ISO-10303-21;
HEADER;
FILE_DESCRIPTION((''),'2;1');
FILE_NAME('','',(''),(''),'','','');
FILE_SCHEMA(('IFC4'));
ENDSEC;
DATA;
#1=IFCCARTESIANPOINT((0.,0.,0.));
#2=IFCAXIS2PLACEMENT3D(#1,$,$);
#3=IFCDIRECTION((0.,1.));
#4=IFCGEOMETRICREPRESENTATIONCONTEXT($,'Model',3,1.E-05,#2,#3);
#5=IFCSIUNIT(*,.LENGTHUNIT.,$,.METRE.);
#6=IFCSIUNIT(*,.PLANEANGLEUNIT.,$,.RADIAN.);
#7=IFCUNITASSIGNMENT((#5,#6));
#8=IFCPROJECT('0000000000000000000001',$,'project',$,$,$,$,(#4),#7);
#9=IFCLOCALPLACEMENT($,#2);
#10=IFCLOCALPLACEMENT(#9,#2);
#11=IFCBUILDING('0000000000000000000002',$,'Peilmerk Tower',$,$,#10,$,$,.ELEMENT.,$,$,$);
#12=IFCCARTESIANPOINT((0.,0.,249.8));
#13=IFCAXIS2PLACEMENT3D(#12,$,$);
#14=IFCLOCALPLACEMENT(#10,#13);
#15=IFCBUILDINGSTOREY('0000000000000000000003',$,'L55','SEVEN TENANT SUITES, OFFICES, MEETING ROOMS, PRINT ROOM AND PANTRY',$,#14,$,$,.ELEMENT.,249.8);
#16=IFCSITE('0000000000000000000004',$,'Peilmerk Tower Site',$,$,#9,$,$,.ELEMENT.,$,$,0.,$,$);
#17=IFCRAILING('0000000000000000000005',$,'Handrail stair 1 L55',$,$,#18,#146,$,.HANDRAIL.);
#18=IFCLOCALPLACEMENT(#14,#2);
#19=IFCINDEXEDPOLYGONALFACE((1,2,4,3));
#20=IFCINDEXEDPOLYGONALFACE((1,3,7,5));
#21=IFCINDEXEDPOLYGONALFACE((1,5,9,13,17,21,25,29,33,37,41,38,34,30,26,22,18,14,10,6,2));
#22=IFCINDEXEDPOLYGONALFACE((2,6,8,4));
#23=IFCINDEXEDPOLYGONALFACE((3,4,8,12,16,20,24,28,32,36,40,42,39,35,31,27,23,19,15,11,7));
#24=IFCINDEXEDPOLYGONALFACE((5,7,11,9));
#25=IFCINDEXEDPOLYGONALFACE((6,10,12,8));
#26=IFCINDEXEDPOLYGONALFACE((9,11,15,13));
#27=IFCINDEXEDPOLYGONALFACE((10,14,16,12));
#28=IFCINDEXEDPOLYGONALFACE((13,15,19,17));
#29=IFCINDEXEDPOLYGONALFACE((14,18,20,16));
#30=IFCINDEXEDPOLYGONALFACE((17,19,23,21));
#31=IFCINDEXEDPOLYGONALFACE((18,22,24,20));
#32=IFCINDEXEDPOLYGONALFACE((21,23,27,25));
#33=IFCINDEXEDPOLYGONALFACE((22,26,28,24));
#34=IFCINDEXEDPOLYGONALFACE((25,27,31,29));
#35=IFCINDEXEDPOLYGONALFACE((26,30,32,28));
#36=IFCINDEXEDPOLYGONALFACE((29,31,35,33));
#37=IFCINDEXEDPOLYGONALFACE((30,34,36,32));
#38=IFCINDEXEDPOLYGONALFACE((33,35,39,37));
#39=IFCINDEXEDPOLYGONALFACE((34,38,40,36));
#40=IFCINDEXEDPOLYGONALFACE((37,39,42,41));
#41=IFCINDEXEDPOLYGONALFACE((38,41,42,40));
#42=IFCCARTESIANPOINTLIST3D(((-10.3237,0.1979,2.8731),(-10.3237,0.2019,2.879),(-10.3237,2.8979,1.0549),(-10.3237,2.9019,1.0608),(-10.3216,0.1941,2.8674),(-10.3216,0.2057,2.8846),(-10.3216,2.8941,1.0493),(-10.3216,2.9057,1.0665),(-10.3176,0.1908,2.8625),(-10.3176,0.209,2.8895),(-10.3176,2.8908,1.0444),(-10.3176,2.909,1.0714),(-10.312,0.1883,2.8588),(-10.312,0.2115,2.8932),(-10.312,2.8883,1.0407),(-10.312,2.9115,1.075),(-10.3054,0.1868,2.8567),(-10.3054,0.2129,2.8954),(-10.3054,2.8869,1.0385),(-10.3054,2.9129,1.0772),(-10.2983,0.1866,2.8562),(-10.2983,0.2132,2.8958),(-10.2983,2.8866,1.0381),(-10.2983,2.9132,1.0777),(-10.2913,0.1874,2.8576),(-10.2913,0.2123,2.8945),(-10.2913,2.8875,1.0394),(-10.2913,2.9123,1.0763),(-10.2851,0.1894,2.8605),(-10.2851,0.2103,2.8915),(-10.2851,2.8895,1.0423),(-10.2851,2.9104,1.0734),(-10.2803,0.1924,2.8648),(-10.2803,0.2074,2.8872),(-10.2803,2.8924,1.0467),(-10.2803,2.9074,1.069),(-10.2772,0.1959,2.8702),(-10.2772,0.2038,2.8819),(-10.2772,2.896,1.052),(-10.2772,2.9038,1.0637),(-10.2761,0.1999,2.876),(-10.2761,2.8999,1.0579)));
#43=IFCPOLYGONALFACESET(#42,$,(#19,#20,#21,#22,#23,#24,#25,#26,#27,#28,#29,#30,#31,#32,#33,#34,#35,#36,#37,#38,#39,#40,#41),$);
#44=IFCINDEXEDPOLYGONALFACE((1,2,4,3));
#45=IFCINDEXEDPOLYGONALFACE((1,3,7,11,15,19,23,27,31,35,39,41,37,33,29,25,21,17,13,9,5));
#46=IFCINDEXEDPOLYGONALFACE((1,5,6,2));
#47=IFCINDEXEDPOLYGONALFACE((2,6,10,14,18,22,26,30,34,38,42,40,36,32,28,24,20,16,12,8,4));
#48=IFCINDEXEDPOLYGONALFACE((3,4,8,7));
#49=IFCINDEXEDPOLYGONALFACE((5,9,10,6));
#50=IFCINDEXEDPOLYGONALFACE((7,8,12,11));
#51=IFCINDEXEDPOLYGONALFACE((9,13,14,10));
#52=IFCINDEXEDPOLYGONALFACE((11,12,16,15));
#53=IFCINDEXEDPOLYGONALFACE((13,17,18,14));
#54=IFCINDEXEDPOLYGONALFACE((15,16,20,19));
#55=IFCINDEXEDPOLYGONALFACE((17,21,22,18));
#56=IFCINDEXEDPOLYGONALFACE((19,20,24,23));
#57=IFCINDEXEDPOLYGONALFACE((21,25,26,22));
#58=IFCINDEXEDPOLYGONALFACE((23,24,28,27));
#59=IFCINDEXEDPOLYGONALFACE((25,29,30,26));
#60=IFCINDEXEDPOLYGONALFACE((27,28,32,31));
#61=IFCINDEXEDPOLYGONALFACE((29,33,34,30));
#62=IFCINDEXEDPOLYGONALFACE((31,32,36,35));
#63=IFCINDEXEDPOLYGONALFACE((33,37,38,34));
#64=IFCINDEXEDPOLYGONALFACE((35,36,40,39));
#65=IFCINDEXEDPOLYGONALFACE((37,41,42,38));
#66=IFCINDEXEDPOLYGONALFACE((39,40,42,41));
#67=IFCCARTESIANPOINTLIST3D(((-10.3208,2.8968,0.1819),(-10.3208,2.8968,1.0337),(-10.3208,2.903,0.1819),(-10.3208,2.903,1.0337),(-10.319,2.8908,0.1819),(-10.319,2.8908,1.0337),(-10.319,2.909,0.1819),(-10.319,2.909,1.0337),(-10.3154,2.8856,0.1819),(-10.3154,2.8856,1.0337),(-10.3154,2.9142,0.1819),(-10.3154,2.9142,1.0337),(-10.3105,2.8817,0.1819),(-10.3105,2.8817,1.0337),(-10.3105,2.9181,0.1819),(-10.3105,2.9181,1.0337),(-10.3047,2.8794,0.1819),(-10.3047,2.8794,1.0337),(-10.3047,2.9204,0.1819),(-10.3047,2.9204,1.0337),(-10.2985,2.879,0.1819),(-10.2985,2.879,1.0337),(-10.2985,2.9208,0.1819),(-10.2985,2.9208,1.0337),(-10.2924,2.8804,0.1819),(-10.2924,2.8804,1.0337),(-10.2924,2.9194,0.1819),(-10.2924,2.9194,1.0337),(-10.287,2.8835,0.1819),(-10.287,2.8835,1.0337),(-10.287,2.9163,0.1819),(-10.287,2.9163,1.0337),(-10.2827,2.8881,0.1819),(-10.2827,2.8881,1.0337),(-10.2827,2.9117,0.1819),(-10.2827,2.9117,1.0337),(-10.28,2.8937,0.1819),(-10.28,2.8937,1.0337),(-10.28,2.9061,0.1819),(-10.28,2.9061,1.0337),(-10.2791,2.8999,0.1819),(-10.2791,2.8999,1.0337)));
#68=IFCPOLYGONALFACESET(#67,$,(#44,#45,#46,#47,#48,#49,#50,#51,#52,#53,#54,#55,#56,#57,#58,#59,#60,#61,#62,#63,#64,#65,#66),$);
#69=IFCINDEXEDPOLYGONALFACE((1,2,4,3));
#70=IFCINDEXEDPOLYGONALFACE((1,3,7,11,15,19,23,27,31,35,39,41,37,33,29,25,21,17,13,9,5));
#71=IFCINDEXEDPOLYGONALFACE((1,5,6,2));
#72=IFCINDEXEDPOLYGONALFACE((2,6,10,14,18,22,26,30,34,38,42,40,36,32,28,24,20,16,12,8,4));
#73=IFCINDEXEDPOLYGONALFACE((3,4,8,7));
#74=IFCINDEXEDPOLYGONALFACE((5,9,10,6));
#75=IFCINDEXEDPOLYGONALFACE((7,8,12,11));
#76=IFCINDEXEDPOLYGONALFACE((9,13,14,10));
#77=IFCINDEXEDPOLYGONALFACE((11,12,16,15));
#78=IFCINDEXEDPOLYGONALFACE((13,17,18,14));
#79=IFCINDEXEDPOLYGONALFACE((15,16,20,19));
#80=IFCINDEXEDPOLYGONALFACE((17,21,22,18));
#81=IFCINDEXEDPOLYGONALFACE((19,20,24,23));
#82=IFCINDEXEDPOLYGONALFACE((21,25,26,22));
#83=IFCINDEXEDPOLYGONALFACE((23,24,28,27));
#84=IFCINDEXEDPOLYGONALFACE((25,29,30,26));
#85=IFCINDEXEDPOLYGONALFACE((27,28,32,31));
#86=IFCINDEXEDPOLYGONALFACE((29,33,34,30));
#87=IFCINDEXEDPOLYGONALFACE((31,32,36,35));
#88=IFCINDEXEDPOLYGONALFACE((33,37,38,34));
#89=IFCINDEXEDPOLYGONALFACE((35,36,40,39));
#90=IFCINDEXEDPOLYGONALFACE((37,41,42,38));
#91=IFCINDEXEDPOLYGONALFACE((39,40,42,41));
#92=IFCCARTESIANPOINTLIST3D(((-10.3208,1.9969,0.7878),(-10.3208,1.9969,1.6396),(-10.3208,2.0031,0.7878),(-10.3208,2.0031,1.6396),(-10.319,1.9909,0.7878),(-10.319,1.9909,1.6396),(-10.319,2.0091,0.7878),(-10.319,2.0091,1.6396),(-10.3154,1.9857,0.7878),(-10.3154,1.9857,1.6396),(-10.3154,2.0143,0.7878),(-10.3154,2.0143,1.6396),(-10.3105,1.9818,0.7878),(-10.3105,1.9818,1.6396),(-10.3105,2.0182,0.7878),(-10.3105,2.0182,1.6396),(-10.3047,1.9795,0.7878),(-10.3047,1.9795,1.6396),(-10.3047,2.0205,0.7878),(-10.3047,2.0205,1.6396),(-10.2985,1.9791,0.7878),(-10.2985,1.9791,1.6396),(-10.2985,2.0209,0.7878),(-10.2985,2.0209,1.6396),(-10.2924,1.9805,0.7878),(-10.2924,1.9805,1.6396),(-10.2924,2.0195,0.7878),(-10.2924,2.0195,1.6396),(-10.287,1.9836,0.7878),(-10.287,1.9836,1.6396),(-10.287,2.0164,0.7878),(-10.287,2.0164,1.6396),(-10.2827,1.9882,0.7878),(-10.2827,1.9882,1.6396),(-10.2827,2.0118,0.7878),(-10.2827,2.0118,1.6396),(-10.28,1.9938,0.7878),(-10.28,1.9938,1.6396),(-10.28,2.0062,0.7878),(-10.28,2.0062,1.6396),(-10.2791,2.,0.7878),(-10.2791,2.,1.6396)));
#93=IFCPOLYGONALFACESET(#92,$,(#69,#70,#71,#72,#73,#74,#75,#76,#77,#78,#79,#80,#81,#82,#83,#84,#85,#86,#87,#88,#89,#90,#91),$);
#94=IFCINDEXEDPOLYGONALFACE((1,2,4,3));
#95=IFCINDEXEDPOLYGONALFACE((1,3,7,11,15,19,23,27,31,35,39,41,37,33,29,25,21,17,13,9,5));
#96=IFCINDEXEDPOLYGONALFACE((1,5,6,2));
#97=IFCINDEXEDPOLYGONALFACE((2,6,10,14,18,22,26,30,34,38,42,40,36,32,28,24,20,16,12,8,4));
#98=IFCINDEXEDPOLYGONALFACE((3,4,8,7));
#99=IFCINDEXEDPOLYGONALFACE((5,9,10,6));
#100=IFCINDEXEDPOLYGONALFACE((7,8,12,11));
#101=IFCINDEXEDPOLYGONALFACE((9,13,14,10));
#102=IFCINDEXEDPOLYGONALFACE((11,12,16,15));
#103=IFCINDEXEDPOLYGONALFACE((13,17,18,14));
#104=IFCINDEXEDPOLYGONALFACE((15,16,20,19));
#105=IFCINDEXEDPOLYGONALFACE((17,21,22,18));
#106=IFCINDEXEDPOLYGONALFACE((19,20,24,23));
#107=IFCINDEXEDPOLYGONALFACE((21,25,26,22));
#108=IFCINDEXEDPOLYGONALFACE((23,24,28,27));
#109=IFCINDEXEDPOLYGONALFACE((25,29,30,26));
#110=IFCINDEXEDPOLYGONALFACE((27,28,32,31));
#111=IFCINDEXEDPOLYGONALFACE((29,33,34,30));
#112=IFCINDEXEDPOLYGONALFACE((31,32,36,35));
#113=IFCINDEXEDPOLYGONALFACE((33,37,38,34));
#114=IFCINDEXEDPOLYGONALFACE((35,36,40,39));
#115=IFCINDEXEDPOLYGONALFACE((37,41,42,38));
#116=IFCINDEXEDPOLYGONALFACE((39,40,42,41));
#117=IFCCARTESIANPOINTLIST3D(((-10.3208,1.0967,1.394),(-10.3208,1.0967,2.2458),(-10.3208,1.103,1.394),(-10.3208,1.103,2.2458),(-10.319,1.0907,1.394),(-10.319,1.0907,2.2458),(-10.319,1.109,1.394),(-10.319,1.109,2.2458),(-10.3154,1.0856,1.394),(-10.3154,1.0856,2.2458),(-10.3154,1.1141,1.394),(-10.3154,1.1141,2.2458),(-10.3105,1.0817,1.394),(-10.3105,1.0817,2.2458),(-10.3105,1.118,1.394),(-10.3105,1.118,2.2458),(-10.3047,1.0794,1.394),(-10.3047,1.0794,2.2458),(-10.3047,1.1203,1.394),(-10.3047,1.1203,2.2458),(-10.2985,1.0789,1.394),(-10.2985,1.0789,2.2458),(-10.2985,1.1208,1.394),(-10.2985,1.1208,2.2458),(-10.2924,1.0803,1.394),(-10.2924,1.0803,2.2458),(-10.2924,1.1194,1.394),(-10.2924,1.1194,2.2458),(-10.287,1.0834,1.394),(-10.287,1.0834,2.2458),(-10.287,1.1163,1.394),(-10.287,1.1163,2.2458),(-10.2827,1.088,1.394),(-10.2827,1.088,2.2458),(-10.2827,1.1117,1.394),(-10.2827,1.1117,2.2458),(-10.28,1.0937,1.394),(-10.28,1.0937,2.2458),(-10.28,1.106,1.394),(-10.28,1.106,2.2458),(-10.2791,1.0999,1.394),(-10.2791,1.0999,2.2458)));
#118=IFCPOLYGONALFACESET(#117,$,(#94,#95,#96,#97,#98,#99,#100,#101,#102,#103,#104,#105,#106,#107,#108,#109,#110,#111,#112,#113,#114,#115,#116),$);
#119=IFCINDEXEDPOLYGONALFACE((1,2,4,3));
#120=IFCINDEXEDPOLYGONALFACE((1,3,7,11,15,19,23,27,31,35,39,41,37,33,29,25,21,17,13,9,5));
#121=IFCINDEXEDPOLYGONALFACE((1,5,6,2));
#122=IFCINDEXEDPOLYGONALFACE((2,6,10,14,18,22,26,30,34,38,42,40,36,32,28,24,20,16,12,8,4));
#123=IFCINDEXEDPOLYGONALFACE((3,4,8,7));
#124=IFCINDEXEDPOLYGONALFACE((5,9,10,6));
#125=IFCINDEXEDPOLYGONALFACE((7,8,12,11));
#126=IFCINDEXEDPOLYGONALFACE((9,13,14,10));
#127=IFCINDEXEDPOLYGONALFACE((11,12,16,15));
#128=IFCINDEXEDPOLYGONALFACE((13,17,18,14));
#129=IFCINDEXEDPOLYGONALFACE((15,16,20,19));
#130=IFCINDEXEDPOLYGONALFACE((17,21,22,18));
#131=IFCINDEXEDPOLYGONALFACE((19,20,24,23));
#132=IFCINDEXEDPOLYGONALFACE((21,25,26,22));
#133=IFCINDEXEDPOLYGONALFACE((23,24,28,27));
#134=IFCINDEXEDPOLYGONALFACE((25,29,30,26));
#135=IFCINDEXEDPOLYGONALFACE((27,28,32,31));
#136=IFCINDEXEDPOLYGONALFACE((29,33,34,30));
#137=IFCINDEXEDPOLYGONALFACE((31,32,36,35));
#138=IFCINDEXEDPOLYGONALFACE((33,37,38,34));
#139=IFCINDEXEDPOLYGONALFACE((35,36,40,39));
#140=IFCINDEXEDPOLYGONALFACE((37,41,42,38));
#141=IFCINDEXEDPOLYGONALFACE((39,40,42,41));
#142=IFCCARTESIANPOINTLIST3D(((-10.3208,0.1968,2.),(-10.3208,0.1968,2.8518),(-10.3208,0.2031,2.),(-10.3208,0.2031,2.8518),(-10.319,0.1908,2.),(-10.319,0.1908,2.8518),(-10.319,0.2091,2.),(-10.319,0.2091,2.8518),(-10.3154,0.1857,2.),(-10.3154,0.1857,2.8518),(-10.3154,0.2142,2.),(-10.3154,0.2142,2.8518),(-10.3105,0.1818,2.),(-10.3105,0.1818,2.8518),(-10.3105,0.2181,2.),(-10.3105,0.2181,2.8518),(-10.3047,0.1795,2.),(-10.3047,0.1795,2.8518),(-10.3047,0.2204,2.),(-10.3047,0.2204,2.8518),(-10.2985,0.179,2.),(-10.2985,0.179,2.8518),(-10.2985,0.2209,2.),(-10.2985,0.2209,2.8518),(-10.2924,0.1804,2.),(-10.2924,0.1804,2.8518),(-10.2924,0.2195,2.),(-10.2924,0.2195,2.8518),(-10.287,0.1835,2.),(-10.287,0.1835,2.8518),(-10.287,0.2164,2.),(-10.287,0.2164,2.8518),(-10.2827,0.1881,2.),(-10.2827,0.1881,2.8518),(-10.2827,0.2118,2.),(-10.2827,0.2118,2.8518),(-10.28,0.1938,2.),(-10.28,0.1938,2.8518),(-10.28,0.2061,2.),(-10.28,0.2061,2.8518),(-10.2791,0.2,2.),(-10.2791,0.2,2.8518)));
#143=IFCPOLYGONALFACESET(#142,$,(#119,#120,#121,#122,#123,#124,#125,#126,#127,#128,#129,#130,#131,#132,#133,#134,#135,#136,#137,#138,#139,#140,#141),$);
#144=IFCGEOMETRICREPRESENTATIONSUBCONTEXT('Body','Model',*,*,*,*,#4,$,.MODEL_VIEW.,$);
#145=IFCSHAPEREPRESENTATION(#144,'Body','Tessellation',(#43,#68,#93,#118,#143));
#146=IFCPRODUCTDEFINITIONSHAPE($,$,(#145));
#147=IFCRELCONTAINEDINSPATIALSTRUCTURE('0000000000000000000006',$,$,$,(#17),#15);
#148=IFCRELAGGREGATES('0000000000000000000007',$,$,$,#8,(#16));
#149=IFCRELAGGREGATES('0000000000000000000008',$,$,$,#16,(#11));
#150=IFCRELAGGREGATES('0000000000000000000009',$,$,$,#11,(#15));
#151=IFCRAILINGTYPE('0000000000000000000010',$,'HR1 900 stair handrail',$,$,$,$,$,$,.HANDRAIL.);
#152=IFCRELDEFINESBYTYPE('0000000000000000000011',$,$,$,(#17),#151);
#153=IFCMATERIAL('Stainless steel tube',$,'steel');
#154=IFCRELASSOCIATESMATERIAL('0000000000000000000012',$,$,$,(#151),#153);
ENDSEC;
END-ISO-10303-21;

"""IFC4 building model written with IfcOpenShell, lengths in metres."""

from ifc_helpers import new_model, si_unit, direction, frame, origin, origin_2d, place, context, subcontext, project, spatial, circle, extrude, material, type_object, element, save


model = new_model("IFC4")

# Units and contexts
model_context = context("Model", 3, precision=1e-05, world=origin(), true_north=direction((0.0, 1.0)))
body_context = subcontext(model_context, "Body", "Model", "MODEL_VIEW")
ifc_project = project(units=[si_unit("LENGTHUNIT", "METRE"), si_unit("PLANEANGLEUNIT", "RADIAN")], contexts=[model_context])

# Site, building, storey
site_placement = place(None, origin())
site = spatial("IfcSite", under=ifc_project, at=site_placement, Name="Peilmerk Tower Site", CompositionType="ELEMENT", RefElevation=0.0)
building_placement = place(site_placement, origin())
building = spatial("IfcBuilding", under=site, at=building_placement, Name="Peilmerk Tower", CompositionType="ELEMENT")
storey_placement = place(building_placement, frame((0.0, 0.0, 249.8)))
storey = spatial("IfcBuildingStorey", under=building, at=storey_placement, Name="L55", Description="SEVEN TENANT SUITES, OFFICES, MEETING ROOMS, PRINT ROOM AND PANTRY", CompositionType="ELEMENT", Elevation=249.8)

# Railing
ifc_material_1 = material(Name="Stainless steel tube", Category="steel")
railing_type_1 = type_object("IfcRailingType", Name="HR1 900 stair handrail", PredefinedType="HANDRAIL", material=ifc_material_1)
railing_1_placement = place(storey_placement, frame((-10.3, 2.8999, 0.1819)))
element("IfcRailing", 1, at=railing_1_placement, inside=storey, type_object=railing_type_1, Name="Handrail stair 1 L55", PredefinedType="HANDRAIL", context=body_context, shape_type="SweptSolid", body=[
    extrude(circle(Radius=0.0239, at=origin_2d()), frame((0.0, 0.0, 0.876), z_axis=(0.0, -0.829468, 0.558554), x_axis=(1.0, 0.0, 0.0)), (0.0, 0.0, 1.0), 3.2551),
    extrude(circle(Radius=0.021, at=origin_2d()), origin(), (0.0, 0.0, 1.0), 0.8518),
    extrude(circle(Radius=0.021, at=origin_2d()), frame((0.0, -0.8999, 0.606)), (0.0, 0.0, 1.0), 0.8518),
    extrude(circle(Radius=0.021, at=origin_2d()), frame((0.0, -1.8, 1.2122)), (0.0, 0.0, 1.0), 0.8518),
    extrude(circle(Radius=0.021, at=origin_2d()), frame((0.0, -2.7, 1.8181)), (0.0, 0.0, 1.0), 0.8518),
])

save(model, "model.ifc")
